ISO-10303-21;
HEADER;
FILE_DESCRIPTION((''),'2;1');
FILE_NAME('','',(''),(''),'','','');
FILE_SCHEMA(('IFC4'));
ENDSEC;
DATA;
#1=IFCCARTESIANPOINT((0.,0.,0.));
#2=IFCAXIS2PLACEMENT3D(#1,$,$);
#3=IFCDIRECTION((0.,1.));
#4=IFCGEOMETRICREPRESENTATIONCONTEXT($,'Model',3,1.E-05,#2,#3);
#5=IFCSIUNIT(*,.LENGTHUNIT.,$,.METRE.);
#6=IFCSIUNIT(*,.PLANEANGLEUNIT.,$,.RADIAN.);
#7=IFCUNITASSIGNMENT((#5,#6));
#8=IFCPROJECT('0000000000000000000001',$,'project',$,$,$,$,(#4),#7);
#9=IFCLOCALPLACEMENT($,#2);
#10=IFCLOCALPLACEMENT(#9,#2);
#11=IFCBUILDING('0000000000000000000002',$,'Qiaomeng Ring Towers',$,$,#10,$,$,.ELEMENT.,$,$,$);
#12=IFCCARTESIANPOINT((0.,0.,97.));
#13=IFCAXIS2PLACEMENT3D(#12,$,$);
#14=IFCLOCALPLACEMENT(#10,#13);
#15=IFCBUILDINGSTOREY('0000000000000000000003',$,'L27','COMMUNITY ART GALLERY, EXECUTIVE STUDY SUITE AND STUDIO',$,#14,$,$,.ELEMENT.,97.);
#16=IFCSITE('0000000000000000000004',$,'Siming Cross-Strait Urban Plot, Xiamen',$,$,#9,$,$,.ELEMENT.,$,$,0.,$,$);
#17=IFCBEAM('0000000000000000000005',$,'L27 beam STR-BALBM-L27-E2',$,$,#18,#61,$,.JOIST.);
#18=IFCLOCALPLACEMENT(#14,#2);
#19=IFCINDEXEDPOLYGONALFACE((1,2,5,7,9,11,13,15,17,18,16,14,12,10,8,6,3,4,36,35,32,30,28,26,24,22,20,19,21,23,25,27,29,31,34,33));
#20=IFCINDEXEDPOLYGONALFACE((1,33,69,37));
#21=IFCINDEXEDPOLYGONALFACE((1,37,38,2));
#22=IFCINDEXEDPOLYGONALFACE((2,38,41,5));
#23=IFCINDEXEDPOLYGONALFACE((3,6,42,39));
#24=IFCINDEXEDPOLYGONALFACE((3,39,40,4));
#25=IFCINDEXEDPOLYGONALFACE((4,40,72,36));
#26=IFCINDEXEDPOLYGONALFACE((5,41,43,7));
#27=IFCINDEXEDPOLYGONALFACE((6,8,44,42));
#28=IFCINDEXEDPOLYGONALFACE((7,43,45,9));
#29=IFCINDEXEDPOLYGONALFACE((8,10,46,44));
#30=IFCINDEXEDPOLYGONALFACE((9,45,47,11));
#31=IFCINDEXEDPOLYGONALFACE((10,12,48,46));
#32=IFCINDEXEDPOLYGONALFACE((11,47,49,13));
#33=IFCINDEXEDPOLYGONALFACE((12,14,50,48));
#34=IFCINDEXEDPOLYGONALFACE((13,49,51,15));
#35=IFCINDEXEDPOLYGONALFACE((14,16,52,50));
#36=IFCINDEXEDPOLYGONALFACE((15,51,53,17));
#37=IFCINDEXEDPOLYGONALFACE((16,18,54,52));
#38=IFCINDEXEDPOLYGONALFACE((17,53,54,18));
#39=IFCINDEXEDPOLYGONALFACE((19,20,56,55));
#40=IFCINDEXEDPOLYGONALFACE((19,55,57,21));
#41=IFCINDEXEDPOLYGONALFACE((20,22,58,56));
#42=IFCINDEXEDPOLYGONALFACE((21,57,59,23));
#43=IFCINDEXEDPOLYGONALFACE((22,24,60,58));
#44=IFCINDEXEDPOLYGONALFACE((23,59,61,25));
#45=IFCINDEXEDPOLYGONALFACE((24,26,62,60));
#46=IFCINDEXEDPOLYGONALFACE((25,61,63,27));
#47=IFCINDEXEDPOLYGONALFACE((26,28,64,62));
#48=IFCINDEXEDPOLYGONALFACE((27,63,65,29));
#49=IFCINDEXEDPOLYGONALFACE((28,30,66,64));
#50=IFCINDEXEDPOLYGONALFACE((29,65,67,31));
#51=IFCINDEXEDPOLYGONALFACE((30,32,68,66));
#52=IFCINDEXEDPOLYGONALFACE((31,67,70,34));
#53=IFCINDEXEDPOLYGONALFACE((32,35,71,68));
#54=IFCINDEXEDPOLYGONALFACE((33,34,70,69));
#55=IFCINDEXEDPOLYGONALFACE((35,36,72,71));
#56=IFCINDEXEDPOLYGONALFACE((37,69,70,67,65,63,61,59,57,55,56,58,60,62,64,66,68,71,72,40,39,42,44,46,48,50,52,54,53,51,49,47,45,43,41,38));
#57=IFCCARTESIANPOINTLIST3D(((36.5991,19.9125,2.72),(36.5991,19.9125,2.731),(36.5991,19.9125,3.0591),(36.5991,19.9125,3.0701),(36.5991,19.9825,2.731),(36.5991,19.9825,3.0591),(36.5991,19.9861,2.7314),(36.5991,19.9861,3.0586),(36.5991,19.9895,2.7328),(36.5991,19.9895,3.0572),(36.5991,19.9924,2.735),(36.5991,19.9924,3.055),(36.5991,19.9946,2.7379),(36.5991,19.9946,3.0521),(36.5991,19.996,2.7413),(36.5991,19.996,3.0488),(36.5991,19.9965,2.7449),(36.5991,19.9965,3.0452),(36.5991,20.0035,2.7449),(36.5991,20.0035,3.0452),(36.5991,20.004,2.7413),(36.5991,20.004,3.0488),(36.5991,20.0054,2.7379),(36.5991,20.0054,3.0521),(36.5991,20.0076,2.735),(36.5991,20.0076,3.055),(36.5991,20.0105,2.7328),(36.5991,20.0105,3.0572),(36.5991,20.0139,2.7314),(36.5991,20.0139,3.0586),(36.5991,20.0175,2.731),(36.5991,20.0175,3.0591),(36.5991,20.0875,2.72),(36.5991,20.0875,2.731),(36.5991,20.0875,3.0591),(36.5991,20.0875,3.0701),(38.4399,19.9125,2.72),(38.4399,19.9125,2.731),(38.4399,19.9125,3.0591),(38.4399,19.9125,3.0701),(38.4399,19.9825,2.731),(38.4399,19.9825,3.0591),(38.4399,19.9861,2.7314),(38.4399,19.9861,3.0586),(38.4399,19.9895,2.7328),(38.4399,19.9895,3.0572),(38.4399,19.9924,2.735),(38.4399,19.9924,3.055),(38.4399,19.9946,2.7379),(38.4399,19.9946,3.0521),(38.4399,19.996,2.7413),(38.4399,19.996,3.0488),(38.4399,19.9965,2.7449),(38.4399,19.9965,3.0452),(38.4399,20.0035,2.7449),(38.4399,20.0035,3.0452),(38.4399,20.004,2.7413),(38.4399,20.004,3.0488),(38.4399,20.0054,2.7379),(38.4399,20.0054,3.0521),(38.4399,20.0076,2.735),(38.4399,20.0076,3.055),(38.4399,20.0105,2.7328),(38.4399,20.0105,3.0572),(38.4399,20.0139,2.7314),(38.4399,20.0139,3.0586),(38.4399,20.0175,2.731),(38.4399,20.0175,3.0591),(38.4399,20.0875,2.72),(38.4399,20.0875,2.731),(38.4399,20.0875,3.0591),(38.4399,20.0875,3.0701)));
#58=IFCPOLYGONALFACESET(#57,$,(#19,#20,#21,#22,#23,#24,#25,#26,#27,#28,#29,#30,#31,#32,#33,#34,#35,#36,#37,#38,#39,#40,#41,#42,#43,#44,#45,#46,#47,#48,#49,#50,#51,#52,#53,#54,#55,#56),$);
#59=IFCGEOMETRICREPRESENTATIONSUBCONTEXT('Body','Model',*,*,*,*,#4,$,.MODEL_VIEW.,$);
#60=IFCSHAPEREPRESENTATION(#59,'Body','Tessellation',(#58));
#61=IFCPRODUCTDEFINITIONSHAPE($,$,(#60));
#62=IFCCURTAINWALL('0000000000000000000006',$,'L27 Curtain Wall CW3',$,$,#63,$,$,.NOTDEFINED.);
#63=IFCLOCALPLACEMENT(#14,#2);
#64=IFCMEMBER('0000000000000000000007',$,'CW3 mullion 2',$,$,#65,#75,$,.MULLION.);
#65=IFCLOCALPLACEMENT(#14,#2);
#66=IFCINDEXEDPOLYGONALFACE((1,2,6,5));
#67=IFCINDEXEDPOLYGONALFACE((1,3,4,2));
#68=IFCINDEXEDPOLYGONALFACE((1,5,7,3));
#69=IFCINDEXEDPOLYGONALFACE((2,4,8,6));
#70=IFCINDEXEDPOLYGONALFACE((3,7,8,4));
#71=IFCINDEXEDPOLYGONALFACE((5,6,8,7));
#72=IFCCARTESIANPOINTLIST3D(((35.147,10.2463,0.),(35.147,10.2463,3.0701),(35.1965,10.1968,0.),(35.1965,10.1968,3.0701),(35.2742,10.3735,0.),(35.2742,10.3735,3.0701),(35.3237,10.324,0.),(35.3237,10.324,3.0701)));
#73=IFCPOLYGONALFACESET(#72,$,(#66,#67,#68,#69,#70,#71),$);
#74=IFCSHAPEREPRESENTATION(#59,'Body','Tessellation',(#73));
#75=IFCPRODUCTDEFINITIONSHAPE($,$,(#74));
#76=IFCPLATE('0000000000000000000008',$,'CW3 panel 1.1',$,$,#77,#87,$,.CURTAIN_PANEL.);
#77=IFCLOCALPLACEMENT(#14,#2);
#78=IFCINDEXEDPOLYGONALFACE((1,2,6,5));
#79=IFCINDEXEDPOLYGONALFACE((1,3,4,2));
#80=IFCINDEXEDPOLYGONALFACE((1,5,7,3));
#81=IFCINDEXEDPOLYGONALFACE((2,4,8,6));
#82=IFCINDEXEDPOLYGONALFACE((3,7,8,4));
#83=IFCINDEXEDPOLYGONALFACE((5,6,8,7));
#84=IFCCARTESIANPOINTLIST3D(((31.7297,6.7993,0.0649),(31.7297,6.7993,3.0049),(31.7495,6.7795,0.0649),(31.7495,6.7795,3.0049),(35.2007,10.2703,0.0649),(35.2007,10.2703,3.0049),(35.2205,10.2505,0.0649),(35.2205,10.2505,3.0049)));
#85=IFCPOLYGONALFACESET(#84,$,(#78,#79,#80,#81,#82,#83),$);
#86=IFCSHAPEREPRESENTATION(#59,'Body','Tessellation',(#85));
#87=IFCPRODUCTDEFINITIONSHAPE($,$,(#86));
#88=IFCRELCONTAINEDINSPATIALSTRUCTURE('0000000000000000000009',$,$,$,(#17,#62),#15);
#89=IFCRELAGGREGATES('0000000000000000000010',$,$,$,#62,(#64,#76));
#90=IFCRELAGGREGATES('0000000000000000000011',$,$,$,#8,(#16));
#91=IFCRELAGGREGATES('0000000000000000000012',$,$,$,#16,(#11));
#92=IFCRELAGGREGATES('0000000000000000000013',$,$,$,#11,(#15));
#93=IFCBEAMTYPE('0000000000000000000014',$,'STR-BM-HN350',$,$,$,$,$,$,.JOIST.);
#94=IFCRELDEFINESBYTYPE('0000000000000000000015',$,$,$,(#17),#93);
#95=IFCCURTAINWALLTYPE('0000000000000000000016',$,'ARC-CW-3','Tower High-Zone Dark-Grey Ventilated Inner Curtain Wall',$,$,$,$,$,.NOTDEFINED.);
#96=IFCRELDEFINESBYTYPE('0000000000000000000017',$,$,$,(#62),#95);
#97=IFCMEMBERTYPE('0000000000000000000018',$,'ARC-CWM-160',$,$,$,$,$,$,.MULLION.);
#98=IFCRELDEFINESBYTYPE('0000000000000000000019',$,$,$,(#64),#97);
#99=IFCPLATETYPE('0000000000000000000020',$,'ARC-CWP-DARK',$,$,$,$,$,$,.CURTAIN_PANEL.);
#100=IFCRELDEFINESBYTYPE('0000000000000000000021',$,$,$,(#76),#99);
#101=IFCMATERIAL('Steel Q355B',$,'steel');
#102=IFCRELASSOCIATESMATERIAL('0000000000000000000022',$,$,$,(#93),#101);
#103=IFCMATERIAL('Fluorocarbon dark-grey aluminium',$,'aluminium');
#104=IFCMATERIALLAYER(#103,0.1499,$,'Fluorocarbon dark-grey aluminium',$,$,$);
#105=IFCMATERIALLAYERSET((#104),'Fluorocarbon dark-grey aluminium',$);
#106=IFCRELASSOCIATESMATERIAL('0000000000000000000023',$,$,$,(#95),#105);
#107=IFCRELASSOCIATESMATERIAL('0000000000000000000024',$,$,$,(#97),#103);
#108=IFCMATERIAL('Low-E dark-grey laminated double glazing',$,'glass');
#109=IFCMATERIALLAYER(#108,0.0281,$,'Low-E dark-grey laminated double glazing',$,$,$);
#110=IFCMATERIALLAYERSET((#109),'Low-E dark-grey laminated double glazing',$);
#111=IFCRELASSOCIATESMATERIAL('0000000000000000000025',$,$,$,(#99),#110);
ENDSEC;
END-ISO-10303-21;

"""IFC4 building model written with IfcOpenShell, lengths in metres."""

from ifc_helpers import new_model, si_unit, direction, frame, origin, origin_2d, place, context, subcontext, project, spatial, rectangle, i_section, extrude, source, transform, mapped, material, layer, layer_set, material_profile, profile_set, type_object, element, aggregate, save


model = new_model("IFC4")

# Units and contexts
model_context = context("Model", 3, precision=1e-05, world=origin(), true_north=direction((0.0, 1.0)))
body_context = subcontext(model_context, "Body", "Model", "MODEL_VIEW")
ifc_project = project(units=[si_unit("LENGTHUNIT", "METRE"), si_unit("PLANEANGLEUNIT", "RADIAN")], contexts=[model_context])

# Site, building, storey
site_placement = place(None, origin())
site = spatial("IfcSite", under=ifc_project, at=site_placement, Name="Siming Cross-Strait Urban Plot, Xiamen", CompositionType="ELEMENT", RefElevation=0.0)
building_placement = place(site_placement, origin())
building = spatial("IfcBuilding", under=site, at=building_placement, Name="Qiaomeng Ring Towers", CompositionType="ELEMENT")
storey_placement = place(building_placement, frame((0.0, 0.0, 97.0)))
storey = spatial("IfcBuildingStorey", under=building, at=storey_placement, Name="L27", Description="COMMUNITY ART GALLERY, EXECUTIVE STUDY SUITE AND STUDIO", CompositionType="ELEMENT", Elevation=97.0)

# Beam
ifc_material_1 = material(Name="Steel Q355B", Category="steel")
ifc_material_profile_1 = material_profile(ifc_material_1, i_section(OverallWidth=0.175, OverallDepth=0.3501, WebThickness=0.0071, FlangeThickness=0.011, FilletRadius=0.0139, at=origin_2d()), Name="HN 350x175x7x11")
ifc_profile_set_1 = profile_set([ifc_material_profile_1], Name="Steel Q355B")
beam_type_1 = type_object("IfcBeamType", Name="STR-BM-HN350", PredefinedType="JOIST", material=ifc_profile_set_1)
shared_shape_1 = source(origin(), body_context, "Body", "SweptSolid", [
    extrude(i_section(OverallWidth=0.175, OverallDepth=0.3501, WebThickness=0.0071, FlangeThickness=0.011, FilletRadius=0.0139, at=origin_2d()), origin(), (0.0, 0.0, 1.0), 1.8408),
])
beam_1_placement = place(storey_placement, frame((36.5991, 20.0, 2.895), z_axis=(1.0, 0.0, 0.0), x_axis=(0.0, 1.0, 0.0)))
element("IfcBeam", 1, at=beam_1_placement, inside=storey, type_object=beam_type_1, Name="L27 beam STR-BALBM-L27-E2", PredefinedType="JOIST", context=body_context, shape_type="MappedRepresentation", body=[
    mapped(shared_shape_1, transform((0.0, 0.0, 0.0), x_axis=(1.0, 0.0, 0.0), y_axis=(0.0, 1.0, 0.0), z_axis=(0.0, 0.0, 1.0), scale=1.0)),
])

# Curtain wall, member, plate
ifc_material_2 = material(Name="Fluorocarbon dark-grey aluminium", Category="aluminium")
ifc_layer_1 = layer(ifc_material_2, 0.1499, Name="Fluorocarbon dark-grey aluminium")
ifc_layer_set_1 = layer_set([ifc_layer_1], Name="Fluorocarbon dark-grey aluminium")
curtain_wall_type = type_object("IfcCurtainWallType", Name="ARC-CW-3", Description="Tower High-Zone Dark-Grey Ventilated Inner Curtain Wall", PredefinedType="NOTDEFINED", material=ifc_layer_set_1)
curtain_wall_placement = place(storey_placement, origin())
curtain_wall = element("IfcCurtainWall", 2, at=curtain_wall_placement, inside=storey, type_object=curtain_wall_type, Name="L27 Curtain Wall CW3", PredefinedType="NOTDEFINED")
ifc_material_profile_2 = material_profile(ifc_material_2, rectangle(XDim=0.0701, YDim=0.1799, at=origin_2d()), Name="ALU MULL 70x180")
ifc_profile_set_2 = profile_set([ifc_material_profile_2], Name="Fluorocarbon dark-grey aluminium")
member_type = type_object("IfcMemberType", Name="ARC-CWM-160", PredefinedType="MULLION", material=ifc_profile_set_2)
shared_shape_2 = source(origin(), body_context, "Body", "SweptSolid", [
    extrude(rectangle(XDim=0.0701, YDim=0.1799, at=origin_2d()), origin(), (0.0, 0.0, 1.0), 3.0701),
])
member_placement = place(storey_placement, frame((35.2354, 10.2852, 0.0), z_axis=(0.0, 0.0, 1.0), x_axis=(-0.707107, 0.707107, 0.0)))
member = element("IfcMember", 3, at=member_placement, type_object=member_type, Name="CW3 mullion 2", PredefinedType="MULLION", context=body_context, shape_type="MappedRepresentation", body=[
    mapped(shared_shape_2, transform((0.0, 0.0, 0.0), x_axis=(1.0, 0.0, 0.0), y_axis=(0.0, 1.0, 0.0), z_axis=(0.0, 0.0, 1.0), scale=1.0)),
])
ifc_material_3 = material(Name="Low-E dark-grey laminated double glazing", Category="glass")
ifc_layer_2 = layer(ifc_material_3, 0.0281, Name="Low-E dark-grey laminated double glazing")
ifc_layer_set_2 = layer_set([ifc_layer_2], Name="Low-E dark-grey laminated double glazing")
plate_type = type_object("IfcPlateType", Name="ARC-CWP-DARK", PredefinedType="CURTAIN_PANEL", material=ifc_layer_set_2)
shared_shape_3 = source(origin(), body_context, "Body", "SweptSolid", [
    extrude(rectangle(XDim=4.9087, YDim=0.0281, at=origin_2d()), origin(), (0.0, 0.0, 1.0), 2.9399),
])
plate_placement = place(storey_placement, frame((33.4751, 8.5249, 0.0649), z_axis=(0.0, 0.0, 1.0), x_axis=(0.707107, 0.707107, 0.0)))
plate = element("IfcPlate", 4, at=plate_placement, type_object=plate_type, Name="CW3 panel 1.1", PredefinedType="CURTAIN_PANEL", context=body_context, shape_type="MappedRepresentation", body=[
    mapped(shared_shape_3, transform((0.0, 0.0, 0.0), x_axis=(1.0, 0.0, 0.0), y_axis=(0.0, 1.0, 0.0), z_axis=(0.0, 0.0, 1.0), scale=1.0)),
])
aggregate(curtain_wall, [member, plate])

save(model, "model.ifc")
